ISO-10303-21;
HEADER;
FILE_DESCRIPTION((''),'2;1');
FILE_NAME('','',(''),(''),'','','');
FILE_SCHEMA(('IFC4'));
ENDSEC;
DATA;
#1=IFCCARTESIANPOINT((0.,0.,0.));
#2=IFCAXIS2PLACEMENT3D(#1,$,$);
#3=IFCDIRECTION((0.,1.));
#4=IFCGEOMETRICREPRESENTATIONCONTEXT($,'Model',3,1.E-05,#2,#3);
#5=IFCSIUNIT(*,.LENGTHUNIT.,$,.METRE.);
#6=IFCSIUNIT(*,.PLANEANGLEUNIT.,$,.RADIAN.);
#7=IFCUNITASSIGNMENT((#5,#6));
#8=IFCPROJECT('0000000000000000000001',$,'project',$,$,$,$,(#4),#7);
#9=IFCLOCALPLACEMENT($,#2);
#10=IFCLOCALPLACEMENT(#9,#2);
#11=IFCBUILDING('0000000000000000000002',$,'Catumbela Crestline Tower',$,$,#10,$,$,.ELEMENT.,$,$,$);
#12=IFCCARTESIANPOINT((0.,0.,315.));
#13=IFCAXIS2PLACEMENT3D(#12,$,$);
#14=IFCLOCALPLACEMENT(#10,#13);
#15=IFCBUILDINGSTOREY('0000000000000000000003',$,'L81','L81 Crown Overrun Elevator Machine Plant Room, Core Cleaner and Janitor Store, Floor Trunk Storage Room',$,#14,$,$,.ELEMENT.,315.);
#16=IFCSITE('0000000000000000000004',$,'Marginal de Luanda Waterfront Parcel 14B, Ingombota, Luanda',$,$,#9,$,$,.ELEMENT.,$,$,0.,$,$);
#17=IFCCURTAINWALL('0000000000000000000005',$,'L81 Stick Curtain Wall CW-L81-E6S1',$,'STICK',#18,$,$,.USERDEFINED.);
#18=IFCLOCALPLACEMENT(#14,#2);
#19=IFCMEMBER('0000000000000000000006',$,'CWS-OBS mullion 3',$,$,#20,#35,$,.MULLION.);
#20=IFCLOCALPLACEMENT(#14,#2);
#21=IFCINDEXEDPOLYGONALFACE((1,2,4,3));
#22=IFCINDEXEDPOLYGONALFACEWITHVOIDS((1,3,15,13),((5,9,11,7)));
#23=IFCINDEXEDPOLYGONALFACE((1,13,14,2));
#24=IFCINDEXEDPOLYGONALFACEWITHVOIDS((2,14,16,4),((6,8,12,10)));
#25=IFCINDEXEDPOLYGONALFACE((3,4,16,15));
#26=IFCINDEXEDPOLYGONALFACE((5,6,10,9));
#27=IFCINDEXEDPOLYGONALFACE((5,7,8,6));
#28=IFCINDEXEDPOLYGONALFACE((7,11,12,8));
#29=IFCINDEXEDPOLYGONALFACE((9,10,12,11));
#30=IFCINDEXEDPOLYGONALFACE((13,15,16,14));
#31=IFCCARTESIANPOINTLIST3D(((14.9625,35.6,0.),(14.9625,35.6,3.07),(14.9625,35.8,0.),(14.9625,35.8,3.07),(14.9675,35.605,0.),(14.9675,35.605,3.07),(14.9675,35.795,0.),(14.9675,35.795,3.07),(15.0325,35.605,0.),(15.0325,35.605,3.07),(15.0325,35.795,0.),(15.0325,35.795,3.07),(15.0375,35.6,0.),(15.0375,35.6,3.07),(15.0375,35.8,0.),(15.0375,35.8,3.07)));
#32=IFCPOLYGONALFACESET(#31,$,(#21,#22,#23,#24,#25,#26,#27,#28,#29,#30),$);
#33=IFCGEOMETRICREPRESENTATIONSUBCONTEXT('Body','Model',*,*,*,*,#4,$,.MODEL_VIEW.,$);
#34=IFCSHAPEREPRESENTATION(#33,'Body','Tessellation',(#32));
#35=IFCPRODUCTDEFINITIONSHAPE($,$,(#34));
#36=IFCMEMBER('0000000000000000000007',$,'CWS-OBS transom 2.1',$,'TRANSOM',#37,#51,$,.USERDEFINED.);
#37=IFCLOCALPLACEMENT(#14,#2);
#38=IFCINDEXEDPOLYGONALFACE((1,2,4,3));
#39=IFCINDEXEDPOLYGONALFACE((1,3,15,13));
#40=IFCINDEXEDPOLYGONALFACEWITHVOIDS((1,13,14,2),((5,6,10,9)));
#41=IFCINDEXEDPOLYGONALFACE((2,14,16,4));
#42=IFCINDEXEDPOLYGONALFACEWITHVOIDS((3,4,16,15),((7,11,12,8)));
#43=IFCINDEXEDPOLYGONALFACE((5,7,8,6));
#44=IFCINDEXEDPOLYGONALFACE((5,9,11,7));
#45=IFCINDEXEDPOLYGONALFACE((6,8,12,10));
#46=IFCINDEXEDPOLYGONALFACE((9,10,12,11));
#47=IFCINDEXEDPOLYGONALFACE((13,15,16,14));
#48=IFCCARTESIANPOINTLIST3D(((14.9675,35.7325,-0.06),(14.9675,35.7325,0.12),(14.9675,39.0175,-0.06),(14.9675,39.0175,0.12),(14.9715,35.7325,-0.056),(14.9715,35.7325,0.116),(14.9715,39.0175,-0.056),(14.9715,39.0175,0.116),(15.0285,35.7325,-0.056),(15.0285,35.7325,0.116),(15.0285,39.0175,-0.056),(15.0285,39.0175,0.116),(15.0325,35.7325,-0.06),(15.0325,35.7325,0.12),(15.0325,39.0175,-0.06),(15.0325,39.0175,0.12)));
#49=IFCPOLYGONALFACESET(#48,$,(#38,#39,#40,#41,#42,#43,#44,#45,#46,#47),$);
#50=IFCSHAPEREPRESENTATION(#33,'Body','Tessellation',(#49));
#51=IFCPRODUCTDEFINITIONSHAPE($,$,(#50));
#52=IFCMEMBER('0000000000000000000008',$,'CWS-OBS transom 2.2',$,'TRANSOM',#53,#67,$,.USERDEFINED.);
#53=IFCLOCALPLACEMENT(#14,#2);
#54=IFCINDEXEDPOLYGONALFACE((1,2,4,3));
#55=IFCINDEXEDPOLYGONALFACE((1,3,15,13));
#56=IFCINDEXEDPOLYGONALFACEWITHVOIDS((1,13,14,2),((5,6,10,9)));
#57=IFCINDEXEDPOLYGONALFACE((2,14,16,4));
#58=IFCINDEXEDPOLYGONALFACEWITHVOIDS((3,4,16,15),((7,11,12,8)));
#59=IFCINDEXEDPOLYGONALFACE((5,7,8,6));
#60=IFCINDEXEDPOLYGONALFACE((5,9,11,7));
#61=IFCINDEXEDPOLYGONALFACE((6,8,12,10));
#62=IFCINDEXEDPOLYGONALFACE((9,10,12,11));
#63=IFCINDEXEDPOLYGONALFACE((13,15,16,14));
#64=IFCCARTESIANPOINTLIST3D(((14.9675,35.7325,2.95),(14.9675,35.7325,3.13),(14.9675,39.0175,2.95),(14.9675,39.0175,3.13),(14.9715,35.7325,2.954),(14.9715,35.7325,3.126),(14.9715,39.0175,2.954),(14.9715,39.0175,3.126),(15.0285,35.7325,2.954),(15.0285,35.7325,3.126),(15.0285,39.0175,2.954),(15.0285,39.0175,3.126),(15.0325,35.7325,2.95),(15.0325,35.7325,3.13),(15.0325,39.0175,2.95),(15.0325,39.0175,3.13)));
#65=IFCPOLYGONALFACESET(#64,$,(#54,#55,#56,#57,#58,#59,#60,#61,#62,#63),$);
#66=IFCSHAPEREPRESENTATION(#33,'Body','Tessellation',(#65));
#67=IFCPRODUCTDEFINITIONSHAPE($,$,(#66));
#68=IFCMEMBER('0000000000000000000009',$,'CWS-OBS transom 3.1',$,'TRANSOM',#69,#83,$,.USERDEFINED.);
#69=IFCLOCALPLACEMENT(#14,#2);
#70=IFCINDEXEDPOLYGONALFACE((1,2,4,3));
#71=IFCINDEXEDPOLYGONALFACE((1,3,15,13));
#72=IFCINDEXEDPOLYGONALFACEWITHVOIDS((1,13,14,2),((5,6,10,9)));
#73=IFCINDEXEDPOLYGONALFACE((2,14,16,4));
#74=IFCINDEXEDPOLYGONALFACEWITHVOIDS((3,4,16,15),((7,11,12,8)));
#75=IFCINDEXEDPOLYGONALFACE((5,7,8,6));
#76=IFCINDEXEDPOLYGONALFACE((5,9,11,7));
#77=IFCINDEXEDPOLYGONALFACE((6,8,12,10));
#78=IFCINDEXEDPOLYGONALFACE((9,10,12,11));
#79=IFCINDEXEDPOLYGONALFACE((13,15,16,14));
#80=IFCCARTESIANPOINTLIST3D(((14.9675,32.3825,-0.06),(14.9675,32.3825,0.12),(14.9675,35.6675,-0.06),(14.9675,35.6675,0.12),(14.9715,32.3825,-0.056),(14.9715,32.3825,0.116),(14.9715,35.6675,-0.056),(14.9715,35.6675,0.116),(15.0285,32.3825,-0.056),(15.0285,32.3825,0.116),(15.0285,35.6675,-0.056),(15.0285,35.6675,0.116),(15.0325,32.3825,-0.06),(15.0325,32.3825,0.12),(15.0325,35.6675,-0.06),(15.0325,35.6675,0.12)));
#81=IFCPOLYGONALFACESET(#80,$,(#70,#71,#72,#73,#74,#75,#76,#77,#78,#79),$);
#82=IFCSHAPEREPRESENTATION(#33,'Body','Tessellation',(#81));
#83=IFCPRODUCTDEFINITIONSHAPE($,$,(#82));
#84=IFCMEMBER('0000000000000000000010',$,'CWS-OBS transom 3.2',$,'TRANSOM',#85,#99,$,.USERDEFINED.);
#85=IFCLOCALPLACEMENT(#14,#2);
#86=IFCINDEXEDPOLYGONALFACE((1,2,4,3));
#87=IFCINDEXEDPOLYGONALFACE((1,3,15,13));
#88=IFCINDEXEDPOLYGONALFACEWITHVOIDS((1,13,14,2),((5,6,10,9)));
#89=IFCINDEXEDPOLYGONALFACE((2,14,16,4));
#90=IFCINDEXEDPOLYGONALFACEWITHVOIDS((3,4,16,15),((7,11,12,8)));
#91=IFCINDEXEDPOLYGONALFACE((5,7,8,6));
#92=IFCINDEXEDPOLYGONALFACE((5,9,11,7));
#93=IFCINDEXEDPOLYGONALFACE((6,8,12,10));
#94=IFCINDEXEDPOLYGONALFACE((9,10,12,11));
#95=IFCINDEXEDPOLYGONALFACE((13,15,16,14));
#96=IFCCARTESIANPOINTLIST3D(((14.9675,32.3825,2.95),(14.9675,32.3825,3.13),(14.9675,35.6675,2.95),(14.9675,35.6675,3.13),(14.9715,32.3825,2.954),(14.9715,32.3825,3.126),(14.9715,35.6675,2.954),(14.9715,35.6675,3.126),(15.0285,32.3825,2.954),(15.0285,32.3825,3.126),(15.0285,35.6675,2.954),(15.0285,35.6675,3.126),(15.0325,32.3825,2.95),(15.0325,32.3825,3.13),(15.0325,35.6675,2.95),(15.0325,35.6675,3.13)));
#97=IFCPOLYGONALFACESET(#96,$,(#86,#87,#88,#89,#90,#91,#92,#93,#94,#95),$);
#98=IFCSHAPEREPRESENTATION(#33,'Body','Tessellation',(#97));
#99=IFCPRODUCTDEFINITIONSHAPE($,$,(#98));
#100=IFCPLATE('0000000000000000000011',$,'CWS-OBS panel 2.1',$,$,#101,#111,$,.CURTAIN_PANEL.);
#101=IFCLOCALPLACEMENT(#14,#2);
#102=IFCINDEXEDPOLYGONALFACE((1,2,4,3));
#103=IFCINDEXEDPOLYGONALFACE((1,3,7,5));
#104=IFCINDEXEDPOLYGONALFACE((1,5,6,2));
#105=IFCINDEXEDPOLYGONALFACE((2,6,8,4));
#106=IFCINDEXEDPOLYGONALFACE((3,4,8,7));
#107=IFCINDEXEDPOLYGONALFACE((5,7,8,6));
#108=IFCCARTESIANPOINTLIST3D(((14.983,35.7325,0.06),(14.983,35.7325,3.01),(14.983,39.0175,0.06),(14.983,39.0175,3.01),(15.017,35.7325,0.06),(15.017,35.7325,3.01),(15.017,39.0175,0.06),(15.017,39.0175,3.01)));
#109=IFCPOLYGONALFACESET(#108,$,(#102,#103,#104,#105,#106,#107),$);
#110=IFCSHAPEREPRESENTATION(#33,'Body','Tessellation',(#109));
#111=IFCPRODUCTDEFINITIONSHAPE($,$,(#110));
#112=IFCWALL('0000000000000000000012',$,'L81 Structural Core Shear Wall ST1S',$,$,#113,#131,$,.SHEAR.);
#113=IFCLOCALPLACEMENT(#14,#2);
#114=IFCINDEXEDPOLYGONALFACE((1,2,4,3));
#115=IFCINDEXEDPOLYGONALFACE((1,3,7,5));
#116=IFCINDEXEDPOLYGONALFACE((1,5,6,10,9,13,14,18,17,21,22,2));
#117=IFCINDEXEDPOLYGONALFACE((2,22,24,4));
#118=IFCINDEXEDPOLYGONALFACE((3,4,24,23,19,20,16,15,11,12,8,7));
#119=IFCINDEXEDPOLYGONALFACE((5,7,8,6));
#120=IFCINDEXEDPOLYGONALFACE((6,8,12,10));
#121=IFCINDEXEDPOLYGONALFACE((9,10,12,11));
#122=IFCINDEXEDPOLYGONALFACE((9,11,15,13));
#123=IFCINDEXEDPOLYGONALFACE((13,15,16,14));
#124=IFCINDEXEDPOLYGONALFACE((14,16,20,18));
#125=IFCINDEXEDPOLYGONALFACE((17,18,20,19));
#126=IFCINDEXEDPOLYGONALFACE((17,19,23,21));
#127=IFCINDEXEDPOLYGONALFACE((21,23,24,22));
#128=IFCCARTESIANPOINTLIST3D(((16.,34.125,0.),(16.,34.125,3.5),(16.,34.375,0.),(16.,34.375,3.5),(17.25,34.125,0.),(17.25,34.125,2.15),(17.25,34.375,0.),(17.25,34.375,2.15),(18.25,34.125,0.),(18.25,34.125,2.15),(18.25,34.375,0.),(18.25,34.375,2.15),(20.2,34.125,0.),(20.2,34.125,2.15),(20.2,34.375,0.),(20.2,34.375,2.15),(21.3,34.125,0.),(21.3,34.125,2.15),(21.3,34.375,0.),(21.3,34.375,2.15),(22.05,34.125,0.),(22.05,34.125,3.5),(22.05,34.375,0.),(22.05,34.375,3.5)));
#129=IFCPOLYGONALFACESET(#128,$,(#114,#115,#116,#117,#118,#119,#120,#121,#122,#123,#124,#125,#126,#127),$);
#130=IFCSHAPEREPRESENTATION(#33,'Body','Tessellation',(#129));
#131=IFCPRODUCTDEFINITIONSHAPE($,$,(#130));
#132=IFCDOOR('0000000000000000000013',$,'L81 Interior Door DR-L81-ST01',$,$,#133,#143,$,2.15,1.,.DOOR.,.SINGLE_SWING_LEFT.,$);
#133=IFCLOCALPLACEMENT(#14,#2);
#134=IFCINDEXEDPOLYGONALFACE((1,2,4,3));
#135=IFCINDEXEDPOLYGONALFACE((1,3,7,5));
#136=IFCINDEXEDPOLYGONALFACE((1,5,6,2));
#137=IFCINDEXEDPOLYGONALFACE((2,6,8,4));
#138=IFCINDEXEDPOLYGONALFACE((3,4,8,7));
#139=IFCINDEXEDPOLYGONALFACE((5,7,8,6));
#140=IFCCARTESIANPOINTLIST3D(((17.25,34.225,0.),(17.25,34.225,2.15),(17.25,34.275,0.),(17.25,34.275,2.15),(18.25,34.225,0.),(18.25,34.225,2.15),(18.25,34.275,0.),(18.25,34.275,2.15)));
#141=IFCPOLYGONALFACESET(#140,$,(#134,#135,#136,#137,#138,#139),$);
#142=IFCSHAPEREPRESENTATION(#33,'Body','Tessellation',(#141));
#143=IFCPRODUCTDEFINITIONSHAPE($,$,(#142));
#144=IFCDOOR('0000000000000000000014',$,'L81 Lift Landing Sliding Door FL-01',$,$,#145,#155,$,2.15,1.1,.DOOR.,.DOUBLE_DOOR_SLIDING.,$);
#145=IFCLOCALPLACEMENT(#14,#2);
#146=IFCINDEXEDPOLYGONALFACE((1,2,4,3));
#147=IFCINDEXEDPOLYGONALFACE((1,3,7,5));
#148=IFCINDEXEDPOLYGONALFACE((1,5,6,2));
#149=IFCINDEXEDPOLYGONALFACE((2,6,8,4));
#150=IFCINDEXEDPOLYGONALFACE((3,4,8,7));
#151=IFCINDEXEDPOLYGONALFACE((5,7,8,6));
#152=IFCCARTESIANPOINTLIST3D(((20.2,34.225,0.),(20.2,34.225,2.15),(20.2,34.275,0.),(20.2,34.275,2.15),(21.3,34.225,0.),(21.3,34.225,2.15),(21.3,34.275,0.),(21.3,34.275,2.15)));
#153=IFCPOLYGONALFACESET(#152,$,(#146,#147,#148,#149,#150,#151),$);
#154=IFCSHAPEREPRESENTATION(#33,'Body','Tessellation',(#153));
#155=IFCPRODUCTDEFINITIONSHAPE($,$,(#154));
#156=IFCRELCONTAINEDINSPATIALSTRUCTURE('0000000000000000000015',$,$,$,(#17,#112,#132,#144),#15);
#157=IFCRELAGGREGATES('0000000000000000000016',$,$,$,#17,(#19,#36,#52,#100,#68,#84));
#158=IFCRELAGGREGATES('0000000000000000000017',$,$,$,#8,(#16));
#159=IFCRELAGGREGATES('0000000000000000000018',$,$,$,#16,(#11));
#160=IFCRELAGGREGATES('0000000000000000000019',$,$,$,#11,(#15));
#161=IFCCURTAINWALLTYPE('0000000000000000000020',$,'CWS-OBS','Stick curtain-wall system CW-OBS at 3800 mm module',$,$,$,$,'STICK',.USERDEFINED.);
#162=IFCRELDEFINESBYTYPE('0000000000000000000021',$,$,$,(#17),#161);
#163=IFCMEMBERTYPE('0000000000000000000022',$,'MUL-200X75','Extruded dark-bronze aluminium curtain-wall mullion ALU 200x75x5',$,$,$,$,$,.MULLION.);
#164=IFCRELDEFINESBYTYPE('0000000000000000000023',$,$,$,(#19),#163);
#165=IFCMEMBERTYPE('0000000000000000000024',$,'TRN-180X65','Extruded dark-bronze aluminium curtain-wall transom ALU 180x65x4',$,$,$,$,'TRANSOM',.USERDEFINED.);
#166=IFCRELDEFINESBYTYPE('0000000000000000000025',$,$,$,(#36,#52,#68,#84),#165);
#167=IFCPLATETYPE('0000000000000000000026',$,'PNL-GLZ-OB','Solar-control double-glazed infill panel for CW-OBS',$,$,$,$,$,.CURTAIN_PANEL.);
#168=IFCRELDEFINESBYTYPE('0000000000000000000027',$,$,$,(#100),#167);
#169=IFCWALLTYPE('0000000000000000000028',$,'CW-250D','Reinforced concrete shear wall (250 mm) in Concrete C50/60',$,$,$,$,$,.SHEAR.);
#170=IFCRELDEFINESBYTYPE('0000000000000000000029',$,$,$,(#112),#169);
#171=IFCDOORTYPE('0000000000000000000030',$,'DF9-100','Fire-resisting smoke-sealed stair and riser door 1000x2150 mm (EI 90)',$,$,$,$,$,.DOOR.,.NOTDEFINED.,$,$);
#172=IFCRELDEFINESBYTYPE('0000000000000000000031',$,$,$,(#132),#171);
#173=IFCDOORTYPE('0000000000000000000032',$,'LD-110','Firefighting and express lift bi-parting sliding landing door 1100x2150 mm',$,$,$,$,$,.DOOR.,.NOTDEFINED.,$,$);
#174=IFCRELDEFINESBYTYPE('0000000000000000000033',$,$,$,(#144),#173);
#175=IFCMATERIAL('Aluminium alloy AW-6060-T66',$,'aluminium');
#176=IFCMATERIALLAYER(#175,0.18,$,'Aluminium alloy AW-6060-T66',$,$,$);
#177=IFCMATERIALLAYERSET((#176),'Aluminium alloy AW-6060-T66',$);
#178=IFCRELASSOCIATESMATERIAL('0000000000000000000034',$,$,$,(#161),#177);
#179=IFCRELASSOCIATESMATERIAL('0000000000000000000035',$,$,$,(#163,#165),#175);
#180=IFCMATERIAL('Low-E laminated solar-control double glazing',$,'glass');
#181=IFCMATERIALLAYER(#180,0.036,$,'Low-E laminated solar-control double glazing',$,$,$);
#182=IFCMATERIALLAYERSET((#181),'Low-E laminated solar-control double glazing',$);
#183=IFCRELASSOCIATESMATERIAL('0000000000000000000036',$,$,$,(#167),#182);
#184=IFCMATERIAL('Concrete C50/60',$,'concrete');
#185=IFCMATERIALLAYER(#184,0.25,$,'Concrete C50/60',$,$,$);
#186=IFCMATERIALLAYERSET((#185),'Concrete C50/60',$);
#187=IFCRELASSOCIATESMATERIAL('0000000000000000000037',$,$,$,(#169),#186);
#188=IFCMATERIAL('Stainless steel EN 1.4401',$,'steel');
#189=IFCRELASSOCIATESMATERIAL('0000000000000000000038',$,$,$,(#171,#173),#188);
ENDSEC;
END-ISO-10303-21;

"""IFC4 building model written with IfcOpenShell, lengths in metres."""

from ifc_helpers import new_model, si_unit, direction, frame, frame_2d, origin, origin_2d, place, context, subcontext, project, spatial, rectangle, hollow_rectangle, extrude, material, layer, layer_set, material_profile, profile_set, type_object, element, fill, aggregate, save


model = new_model("IFC4")

# Units and contexts
model_context = context("Model", 3, precision=1e-05, world=origin(), true_north=direction((0.0, 1.0)))
body_context = subcontext(model_context, "Body", "Model", "MODEL_VIEW")
ifc_project = project(units=[si_unit("LENGTHUNIT", "METRE"), si_unit("PLANEANGLEUNIT", "RADIAN")], contexts=[model_context])

# Site, building, storey
site_placement = place(None, origin())
site = spatial("IfcSite", under=ifc_project, at=site_placement, Name="Marginal de Luanda Waterfront Parcel 14B, Ingombota, Luanda", CompositionType="ELEMENT", RefElevation=0.0)
building_placement = place(site_placement, origin())
building = spatial("IfcBuilding", under=site, at=building_placement, Name="Catumbela Crestline Tower", CompositionType="ELEMENT")
storey_placement = place(building_placement, frame((0.0, 0.0, 315.0)))
storey = spatial("IfcBuildingStorey", under=building, at=storey_placement, Name="L81", Description="L81 Crown Overrun Elevator Machine Plant Room, Core Cleaner and Janitor Store, Floor Trunk Storage Room", CompositionType="ELEMENT", Elevation=315.0)

# Curtain wall, members, plate
ifc_material_1 = material(Name="Aluminium alloy AW-6060-T66", Category="aluminium")
ifc_layer_1 = layer(ifc_material_1, 0.18, Name="Aluminium alloy AW-6060-T66")
ifc_layer_set_1 = layer_set([ifc_layer_1], Name="Aluminium alloy AW-6060-T66")
curtain_wall_type = type_object("IfcCurtainWallType", Name="CWS-OBS", Description="Stick curtain-wall system CW-OBS at 3800 mm module", ElementType="STICK", PredefinedType="USERDEFINED", material=ifc_layer_set_1)
curtain_wall_placement = place(storey_placement, origin())
curtain_wall = element("IfcCurtainWall", 1, at=curtain_wall_placement, inside=storey, type_object=curtain_wall_type, Name="L81 Stick Curtain Wall CW-L81-E6S1", ObjectType="STICK", PredefinedType="USERDEFINED")
ifc_material_profile_1 = material_profile(ifc_material_1, hollow_rectangle(XDim=0.075, YDim=0.2, WallThickness=0.005, at=origin_2d()), Name="ALU 200x75x5")
ifc_profile_set_1 = profile_set([ifc_material_profile_1], Name="Aluminium alloy AW-6060-T66")
member_type_1 = type_object("IfcMemberType", Name="MUL-200X75", Description="Extruded dark-bronze aluminium curtain-wall mullion ALU 200x75x5", PredefinedType="MULLION", material=ifc_profile_set_1)
member_1_placement = place(storey_placement, frame((15.0, 35.7, 0.0), z_axis=(0.0, 0.0, 1.0), x_axis=(1.0, 0.0, 0.0)))
member_1 = element("IfcMember", 2, at=member_1_placement, type_object=member_type_1, Name="CWS-OBS mullion 3", PredefinedType="MULLION", context=body_context, shape_type="SweptSolid", body=[
    extrude(hollow_rectangle(XDim=0.075, YDim=0.2, WallThickness=0.005, at=origin_2d()), origin(), (0.0, 0.0, 1.0), 3.07),
])
ifc_material_profile_2 = material_profile(ifc_material_1, hollow_rectangle(XDim=0.065, YDim=0.18, WallThickness=0.004, at=origin_2d()), Name="ALU 180x65x4")
ifc_profile_set_2 = profile_set([ifc_material_profile_2], Name="Aluminium alloy AW-6060-T66")
member_type_2 = type_object("IfcMemberType", Name="TRN-180X65", Description="Extruded dark-bronze aluminium curtain-wall transom ALU 180x65x4", ElementType="TRANSOM", PredefinedType="USERDEFINED", material=ifc_profile_set_2)
member_2_placement = place(storey_placement, frame((15.0, 39.0175, 0.03), z_axis=(0.0, -1.0, 0.0), x_axis=(1.0, 0.0, 0.0)))
member_2 = element("IfcMember", 3, at=member_2_placement, type_object=member_type_2, Name="CWS-OBS transom 2.1", ObjectType="TRANSOM", PredefinedType="USERDEFINED", context=body_context, shape_type="SweptSolid", body=[
    extrude(hollow_rectangle(XDim=0.065, YDim=0.18, WallThickness=0.004, at=origin_2d()), origin(), (0.0, 0.0, 1.0), 3.285),
])
member_3_placement = place(storey_placement, frame((15.0, 39.0175, 3.04), z_axis=(0.0, -1.0, 0.0), x_axis=(1.0, 0.0, 0.0)))
member_3 = element("IfcMember", 4, at=member_3_placement, type_object=member_type_2, Name="CWS-OBS transom 2.2", ObjectType="TRANSOM", PredefinedType="USERDEFINED", context=body_context, shape_type="SweptSolid", body=[
    extrude(hollow_rectangle(XDim=0.065, YDim=0.18, WallThickness=0.004, at=origin_2d()), origin(), (0.0, 0.0, 1.0), 3.285),
])
member_4_placement = place(storey_placement, frame((15.0, 35.6675, 0.03), z_axis=(0.0, -1.0, 0.0), x_axis=(1.0, 0.0, 0.0)))
member_4 = element("IfcMember", 5, at=member_4_placement, type_object=member_type_2, Name="CWS-OBS transom 3.1", ObjectType="TRANSOM", PredefinedType="USERDEFINED", context=body_context, shape_type="SweptSolid", body=[
    extrude(hollow_rectangle(XDim=0.065, YDim=0.18, WallThickness=0.004, at=origin_2d()), origin(), (0.0, 0.0, 1.0), 3.285),
])
member_5_placement = place(storey_placement, frame((15.0, 35.6675, 3.04), z_axis=(0.0, -1.0, 0.0), x_axis=(1.0, 0.0, 0.0)))
member_5 = element("IfcMember", 6, at=member_5_placement, type_object=member_type_2, Name="CWS-OBS transom 3.2", ObjectType="TRANSOM", PredefinedType="USERDEFINED", context=body_context, shape_type="SweptSolid", body=[
    extrude(hollow_rectangle(XDim=0.065, YDim=0.18, WallThickness=0.004, at=origin_2d()), origin(), (0.0, 0.0, 1.0), 3.285),
])
ifc_material_2 = material(Name="Low-E laminated solar-control double glazing", Category="glass")
ifc_layer_2 = layer(ifc_material_2, 0.036, Name="Low-E laminated solar-control double glazing")
ifc_layer_set_2 = layer_set([ifc_layer_2], Name="Low-E laminated solar-control double glazing")
plate_type = type_object("IfcPlateType", Name="PNL-GLZ-OB", Description="Solar-control double-glazed infill panel for CW-OBS", PredefinedType="CURTAIN_PANEL", material=ifc_layer_set_2)
plate_placement = place(storey_placement, frame((15.0, 37.375, 0.06), z_axis=(0.0, 0.0, 1.0), x_axis=(0.0, -1.0, 0.0)))
plate = element("IfcPlate", 7, at=plate_placement, type_object=plate_type, Name="CWS-OBS panel 2.1", PredefinedType="CURTAIN_PANEL", context=body_context, shape_type="SweptSolid", body=[
    extrude(rectangle(XDim=3.285, YDim=0.034, at=origin_2d()), origin(), (0.0, 0.0, 1.0), 2.95),
])
aggregate(curtain_wall, [member_1, member_2, member_3, plate, member_4, member_5])

# Wall, openings, doors
ifc_material_3 = material(Name="Concrete C50/60", Category="concrete")
ifc_layer_3 = layer(ifc_material_3, 0.25, Name="Concrete C50/60")
ifc_layer_set_3 = layer_set([ifc_layer_3], Name="Concrete C50/60")
wall_type_1 = type_object("IfcWallType", Name="CW-250D", Description="Reinforced concrete shear wall (250 mm) in Concrete C50/60", PredefinedType="SHEAR", material=ifc_layer_set_3)
wall_1_placement = place(storey_placement, frame((16.0, 34.25, 0.0), z_axis=(0.0, 0.0, 1.0), x_axis=(1.0, 0.0, 0.0)))
wall_1 = element("IfcWall", 8, at=wall_1_placement, inside=storey, type_object=wall_type_1, Name="L81 Structural Core Shear Wall ST1S", PredefinedType="SHEAR", context=body_context, shape_type="SweptSolid", body=[
    extrude(rectangle(XDim=6.05, YDim=0.25, at=frame_2d((3.025, 0.0))), origin(), (0.0, 0.0, 1.0), 3.5),
])
opening_1_placement = place(wall_1_placement, frame((1.25, 0.0, 0.0)))
opening_1 = element("IfcOpeningElement", 9, at=opening_1_placement, cuts=wall_1, PredefinedType="OPENING", context=body_context, shape_type="SweptSolid", body=[
    extrude(rectangle(XDim=1.0, YDim=2.15, at=frame_2d((0.5, 1.075))), frame((0.0, 0.135, 0.0), z_axis=(0.0, -1.0, 0.0), x_axis=(1.0, 0.0, 0.0)), (0.0, 0.0, 1.0), 0.27),
])
opening_2_placement = place(wall_1_placement, frame((4.2, 0.0, 0.0)))
opening_2 = element("IfcOpeningElement", 10, at=opening_2_placement, cuts=wall_1, PredefinedType="OPENING", context=body_context, shape_type="SweptSolid", body=[
    extrude(rectangle(XDim=1.1, YDim=2.15, at=frame_2d((0.55, 1.075))), frame((0.0, 0.135, 0.0), z_axis=(0.0, -1.0, 0.0), x_axis=(1.0, 0.0, 0.0)), (0.0, 0.0, 1.0), 0.27),
])
ifc_material_4 = material(Name="Stainless steel EN 1.4401", Category="steel")
door_type_1 = type_object("IfcDoorType", Name="DF9-100", Description="Fire-resisting smoke-sealed stair and riser door 1000x2150 mm (EI 90)", OperationType="NOTDEFINED", PredefinedType="DOOR", material=ifc_material_4)
door_1_placement = place(opening_1_placement, origin())
door_1 = element("IfcDoor", 11, at=door_1_placement, inside=storey, type_object=door_type_1, Name="L81 Interior Door DR-L81-ST01", OperationType="SINGLE_SWING_LEFT", OverallHeight=2.15, OverallWidth=1.0, PredefinedType="DOOR", context=body_context, shape_type="SweptSolid", body=[
    extrude(rectangle(XDim=1.0, YDim=2.15, at=frame_2d((0.5, 1.075))), frame((0.0, 0.025, 0.0), z_axis=(0.0, -1.0, 0.0), x_axis=(1.0, 0.0, 0.0)), (0.0, 0.0, 1.0), 0.05),
])
fill(opening_1, door_1)
door_type_2 = type_object("IfcDoorType", Name="LD-110", Description="Firefighting and express lift bi-parting sliding landing door 1100x2150 mm", OperationType="NOTDEFINED", PredefinedType="DOOR", material=ifc_material_4)
door_2_placement = place(opening_2_placement, origin())
door_2 = element("IfcDoor", 12, at=door_2_placement, inside=storey, type_object=door_type_2, Name="L81 Lift Landing Sliding Door FL-01", OperationType="DOUBLE_DOOR_SLIDING", OverallHeight=2.15, OverallWidth=1.1, PredefinedType="DOOR", context=body_context, shape_type="SweptSolid", body=[
    extrude(rectangle(XDim=1.1, YDim=2.15, at=frame_2d((0.55, 1.075))), frame((0.0, 0.025, 0.0), z_axis=(0.0, -1.0, 0.0), x_axis=(1.0, 0.0, 0.0)), (0.0, 0.0, 1.0), 0.05),
])
fill(opening_2, door_2)

save(model, "model.ifc")
